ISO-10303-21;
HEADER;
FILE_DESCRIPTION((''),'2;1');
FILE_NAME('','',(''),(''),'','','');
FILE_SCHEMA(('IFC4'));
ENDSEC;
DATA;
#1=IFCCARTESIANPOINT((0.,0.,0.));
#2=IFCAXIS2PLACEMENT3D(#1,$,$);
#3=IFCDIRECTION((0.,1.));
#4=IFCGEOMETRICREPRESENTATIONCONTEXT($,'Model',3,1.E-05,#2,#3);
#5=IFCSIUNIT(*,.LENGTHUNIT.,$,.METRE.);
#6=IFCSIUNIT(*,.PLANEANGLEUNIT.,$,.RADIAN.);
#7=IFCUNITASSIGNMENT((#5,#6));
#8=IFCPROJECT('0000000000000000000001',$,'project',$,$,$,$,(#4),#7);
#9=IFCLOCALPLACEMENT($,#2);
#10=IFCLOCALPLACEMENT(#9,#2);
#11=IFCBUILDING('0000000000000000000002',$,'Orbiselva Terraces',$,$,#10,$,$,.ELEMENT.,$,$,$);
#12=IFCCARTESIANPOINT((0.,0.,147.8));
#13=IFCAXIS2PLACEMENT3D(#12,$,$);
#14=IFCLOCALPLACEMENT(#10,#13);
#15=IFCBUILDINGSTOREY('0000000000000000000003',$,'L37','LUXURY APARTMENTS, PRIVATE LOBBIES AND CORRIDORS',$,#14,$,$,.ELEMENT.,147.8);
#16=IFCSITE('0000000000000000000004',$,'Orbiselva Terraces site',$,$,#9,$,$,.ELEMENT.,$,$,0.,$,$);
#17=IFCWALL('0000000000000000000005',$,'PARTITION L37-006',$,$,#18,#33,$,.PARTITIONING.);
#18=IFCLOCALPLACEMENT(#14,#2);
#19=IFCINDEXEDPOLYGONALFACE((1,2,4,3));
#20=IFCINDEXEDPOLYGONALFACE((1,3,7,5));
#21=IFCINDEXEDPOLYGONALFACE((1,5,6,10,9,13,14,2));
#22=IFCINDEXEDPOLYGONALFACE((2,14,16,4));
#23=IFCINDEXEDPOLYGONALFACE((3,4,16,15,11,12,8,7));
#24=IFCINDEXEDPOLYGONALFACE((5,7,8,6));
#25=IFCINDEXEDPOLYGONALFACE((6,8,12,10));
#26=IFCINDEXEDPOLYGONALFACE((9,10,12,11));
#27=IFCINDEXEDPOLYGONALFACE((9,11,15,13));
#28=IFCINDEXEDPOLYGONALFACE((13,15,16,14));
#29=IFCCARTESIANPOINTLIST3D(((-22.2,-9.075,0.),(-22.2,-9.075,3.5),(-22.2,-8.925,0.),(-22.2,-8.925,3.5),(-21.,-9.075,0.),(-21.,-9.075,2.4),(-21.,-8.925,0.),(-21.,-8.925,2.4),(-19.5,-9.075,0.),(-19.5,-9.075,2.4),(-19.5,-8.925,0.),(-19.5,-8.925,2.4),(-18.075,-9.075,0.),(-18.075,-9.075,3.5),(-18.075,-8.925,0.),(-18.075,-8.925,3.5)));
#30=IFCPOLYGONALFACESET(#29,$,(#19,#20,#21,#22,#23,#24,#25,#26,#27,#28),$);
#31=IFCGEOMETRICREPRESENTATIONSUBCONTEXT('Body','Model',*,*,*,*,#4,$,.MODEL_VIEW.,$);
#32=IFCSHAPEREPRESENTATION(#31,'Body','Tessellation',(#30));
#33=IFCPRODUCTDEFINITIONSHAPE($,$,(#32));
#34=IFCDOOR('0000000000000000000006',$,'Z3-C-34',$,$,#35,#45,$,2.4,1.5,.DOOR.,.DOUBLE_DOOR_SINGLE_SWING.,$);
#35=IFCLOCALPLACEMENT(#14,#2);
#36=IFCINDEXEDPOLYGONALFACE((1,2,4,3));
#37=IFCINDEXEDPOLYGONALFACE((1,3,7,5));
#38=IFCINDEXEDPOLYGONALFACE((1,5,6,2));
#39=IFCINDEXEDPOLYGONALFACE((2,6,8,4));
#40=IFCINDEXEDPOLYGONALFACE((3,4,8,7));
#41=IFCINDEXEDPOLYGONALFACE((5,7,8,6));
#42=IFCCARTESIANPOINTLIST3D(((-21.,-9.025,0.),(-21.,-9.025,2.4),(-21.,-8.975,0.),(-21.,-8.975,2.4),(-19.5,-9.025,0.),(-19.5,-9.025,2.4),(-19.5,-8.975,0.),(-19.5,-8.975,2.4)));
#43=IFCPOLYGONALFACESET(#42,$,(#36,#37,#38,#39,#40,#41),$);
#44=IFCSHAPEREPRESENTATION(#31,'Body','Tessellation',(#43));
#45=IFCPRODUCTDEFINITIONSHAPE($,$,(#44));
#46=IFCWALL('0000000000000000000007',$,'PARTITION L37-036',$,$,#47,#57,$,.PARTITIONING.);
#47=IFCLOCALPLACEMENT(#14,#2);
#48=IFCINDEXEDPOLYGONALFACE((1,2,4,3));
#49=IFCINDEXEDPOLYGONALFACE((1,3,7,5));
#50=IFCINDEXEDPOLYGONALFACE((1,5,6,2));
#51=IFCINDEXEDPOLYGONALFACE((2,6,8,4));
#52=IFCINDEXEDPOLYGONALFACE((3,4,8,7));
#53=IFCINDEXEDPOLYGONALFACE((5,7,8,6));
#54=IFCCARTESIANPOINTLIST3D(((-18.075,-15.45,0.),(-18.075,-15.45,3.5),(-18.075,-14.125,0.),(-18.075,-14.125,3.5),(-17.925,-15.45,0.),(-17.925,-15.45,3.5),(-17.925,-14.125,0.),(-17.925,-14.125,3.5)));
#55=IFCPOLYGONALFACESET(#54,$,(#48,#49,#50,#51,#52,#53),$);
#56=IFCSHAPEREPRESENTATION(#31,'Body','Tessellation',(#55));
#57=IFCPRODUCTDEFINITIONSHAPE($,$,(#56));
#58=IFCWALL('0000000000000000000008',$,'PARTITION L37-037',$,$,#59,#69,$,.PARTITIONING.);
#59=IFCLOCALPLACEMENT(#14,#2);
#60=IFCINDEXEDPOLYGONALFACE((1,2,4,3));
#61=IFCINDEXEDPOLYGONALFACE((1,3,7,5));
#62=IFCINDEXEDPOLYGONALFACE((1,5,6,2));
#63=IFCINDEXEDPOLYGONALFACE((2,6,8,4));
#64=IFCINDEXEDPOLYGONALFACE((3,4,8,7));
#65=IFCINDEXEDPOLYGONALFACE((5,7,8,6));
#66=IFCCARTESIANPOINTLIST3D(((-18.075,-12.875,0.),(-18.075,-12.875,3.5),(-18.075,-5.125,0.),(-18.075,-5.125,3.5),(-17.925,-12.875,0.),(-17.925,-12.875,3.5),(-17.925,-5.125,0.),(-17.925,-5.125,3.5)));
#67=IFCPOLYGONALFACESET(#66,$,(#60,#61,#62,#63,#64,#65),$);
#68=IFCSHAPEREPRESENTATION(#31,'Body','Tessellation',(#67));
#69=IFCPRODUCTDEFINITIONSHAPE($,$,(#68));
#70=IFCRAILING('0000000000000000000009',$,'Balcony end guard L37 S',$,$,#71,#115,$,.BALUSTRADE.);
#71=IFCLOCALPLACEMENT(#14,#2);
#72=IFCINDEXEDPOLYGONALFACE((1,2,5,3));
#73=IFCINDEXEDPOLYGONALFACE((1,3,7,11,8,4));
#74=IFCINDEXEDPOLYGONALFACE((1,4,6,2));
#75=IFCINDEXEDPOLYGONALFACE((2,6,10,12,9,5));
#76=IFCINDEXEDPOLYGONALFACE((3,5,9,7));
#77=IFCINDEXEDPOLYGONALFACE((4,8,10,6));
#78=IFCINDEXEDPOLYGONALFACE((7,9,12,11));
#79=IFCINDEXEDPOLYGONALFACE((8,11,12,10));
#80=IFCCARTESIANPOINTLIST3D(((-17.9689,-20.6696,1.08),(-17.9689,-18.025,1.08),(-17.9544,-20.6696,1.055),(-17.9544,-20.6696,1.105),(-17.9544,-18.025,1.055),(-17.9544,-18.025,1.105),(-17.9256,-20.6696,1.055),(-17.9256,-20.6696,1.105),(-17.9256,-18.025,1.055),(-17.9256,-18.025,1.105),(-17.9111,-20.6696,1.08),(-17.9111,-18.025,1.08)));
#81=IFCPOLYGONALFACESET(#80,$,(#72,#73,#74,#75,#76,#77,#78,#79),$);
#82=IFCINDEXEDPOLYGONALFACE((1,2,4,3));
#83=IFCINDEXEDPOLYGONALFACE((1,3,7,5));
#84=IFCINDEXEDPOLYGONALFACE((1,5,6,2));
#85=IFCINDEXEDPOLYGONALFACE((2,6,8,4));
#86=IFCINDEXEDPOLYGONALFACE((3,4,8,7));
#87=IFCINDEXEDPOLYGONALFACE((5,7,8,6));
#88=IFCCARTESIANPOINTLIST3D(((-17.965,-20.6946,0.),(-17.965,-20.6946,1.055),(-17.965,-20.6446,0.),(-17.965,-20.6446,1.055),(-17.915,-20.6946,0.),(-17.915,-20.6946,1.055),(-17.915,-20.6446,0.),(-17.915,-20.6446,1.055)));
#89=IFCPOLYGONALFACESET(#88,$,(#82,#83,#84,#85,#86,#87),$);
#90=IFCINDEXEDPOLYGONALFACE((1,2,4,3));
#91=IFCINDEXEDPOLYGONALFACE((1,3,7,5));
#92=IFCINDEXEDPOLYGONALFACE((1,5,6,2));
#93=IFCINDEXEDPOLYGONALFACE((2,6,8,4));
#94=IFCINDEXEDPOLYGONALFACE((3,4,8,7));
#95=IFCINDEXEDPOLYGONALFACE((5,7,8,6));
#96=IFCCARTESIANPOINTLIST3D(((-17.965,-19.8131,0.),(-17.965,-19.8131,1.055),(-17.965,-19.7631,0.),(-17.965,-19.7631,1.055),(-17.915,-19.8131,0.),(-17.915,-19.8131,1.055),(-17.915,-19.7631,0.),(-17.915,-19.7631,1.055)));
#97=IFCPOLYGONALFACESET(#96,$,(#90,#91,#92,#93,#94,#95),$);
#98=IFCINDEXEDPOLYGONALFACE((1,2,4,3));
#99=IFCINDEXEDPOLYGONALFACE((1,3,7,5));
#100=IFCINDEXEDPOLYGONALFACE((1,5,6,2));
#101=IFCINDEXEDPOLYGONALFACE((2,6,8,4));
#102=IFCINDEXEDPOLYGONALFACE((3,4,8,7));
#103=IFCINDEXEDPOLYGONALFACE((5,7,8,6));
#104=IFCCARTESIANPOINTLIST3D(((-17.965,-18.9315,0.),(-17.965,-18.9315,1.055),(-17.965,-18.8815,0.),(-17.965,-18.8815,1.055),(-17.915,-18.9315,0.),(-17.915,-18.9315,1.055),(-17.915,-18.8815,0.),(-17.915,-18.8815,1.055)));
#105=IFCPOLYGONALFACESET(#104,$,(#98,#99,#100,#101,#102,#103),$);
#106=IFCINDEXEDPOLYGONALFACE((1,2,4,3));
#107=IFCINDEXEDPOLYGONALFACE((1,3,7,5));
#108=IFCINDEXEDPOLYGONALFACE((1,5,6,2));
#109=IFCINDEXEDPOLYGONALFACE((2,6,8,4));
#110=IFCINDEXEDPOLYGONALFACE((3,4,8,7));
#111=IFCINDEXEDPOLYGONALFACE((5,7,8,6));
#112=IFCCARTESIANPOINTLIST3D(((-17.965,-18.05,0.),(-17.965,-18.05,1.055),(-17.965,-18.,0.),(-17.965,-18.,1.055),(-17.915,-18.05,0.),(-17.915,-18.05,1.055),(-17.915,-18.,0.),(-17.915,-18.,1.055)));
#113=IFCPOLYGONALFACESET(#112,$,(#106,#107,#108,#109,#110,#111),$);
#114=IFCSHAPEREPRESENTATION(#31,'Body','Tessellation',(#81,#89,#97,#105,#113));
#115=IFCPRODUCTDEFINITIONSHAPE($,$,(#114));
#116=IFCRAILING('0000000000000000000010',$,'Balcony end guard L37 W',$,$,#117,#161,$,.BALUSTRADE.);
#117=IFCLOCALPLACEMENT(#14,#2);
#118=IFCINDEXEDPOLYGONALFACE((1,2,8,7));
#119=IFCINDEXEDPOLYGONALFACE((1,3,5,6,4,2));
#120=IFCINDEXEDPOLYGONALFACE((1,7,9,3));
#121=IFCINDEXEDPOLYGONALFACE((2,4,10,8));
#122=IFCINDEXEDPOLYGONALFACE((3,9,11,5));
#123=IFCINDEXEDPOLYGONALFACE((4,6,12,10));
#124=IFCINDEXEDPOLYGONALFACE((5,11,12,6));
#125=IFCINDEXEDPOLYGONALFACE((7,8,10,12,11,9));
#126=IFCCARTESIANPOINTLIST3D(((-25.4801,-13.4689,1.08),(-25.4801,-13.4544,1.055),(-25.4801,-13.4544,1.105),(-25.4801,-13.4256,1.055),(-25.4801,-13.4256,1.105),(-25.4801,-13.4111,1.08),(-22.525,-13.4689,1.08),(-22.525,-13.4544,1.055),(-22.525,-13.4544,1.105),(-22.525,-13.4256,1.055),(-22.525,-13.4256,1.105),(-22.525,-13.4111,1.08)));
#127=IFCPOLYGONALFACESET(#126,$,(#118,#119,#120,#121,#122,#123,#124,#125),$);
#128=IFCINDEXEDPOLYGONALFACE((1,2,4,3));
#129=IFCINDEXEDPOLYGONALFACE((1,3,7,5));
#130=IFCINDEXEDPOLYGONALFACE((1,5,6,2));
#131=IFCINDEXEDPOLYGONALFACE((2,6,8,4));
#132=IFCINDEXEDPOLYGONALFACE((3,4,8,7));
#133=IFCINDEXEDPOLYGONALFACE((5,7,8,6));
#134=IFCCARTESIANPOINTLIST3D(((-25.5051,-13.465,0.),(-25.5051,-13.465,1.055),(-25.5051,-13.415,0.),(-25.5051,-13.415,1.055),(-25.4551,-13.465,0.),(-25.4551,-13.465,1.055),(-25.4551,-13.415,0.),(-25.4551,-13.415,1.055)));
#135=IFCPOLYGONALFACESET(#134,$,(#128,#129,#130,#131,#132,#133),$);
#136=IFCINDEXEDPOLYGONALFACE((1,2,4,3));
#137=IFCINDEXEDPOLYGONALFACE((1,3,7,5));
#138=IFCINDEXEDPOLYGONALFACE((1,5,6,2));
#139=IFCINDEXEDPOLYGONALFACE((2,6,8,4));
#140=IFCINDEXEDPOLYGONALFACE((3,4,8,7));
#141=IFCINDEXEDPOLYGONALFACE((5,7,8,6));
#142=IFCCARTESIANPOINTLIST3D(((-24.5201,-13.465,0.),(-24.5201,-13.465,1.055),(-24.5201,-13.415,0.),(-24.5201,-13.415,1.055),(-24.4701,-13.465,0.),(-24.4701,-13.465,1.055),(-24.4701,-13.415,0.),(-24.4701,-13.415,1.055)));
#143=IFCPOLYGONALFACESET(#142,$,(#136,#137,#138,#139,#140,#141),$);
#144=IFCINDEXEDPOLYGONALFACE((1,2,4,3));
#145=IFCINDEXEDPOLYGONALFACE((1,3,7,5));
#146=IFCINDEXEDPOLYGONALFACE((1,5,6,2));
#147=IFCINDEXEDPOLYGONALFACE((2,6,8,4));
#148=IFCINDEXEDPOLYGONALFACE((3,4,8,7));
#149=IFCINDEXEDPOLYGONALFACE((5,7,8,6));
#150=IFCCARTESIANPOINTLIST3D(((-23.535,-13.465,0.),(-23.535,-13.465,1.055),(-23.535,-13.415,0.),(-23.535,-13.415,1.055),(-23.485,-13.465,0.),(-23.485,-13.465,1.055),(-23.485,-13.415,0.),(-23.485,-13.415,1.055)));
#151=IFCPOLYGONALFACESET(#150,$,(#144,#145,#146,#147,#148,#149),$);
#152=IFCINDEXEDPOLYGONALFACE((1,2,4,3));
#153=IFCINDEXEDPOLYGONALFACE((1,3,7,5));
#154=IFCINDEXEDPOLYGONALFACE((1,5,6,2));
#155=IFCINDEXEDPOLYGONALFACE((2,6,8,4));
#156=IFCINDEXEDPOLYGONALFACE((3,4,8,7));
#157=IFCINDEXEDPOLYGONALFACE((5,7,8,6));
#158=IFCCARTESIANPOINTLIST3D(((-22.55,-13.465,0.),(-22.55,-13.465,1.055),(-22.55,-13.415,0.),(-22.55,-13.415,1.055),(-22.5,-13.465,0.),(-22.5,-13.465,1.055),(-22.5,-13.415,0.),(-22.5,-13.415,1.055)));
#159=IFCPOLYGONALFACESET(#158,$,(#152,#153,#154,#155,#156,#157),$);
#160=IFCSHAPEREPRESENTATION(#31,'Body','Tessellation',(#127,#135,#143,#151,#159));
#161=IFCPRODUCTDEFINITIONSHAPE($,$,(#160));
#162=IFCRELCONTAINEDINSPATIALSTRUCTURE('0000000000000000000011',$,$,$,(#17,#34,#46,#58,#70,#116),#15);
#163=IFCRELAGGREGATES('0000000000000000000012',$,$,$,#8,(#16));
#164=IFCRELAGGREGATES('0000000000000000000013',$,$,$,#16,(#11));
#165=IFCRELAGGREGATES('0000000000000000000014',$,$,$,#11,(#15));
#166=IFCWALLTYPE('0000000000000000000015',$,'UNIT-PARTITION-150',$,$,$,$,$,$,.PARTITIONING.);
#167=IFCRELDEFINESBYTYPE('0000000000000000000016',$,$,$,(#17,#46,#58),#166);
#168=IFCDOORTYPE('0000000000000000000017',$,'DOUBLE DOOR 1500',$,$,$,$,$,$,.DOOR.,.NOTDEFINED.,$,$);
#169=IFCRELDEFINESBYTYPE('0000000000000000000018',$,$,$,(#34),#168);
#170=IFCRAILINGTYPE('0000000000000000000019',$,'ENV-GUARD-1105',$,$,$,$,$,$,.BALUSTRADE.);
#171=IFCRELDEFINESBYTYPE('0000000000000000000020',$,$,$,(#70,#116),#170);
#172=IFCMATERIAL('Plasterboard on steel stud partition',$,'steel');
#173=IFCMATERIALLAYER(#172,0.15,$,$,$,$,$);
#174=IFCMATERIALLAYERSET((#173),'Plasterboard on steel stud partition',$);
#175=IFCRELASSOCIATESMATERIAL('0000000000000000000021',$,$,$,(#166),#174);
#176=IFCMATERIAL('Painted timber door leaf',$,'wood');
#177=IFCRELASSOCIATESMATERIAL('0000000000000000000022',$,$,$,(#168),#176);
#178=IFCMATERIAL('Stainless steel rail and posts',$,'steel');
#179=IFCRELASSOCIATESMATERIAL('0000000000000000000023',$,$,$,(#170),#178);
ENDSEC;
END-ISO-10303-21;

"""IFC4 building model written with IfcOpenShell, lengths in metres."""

from ifc_helpers import new_model, si_unit, direction, frame, frame_2d, origin, origin_2d, place, context, subcontext, project, spatial, polyline, rectangle, outline, extrude, material, layer, layer_set, type_object, element, fill, save


model = new_model("IFC4")

# Units and contexts
model_context = context("Model", 3, precision=1e-05, world=origin(), true_north=direction((0.0, 1.0)))
body_context = subcontext(model_context, "Body", "Model", "MODEL_VIEW")
ifc_project = project(units=[si_unit("LENGTHUNIT", "METRE"), si_unit("PLANEANGLEUNIT", "RADIAN")], contexts=[model_context])

# Site, building, storey
site_placement = place(None, origin())
site = spatial("IfcSite", under=ifc_project, at=site_placement, Name="Orbiselva Terraces site", CompositionType="ELEMENT", RefElevation=0.0)
building_placement = place(site_placement, origin())
building = spatial("IfcBuilding", under=site, at=building_placement, Name="Orbiselva Terraces", CompositionType="ELEMENT")
storey_placement = place(building_placement, frame((0.0, 0.0, 147.8)))
storey = spatial("IfcBuildingStorey", under=building, at=storey_placement, Name="L37", Description="LUXURY APARTMENTS, PRIVATE LOBBIES AND CORRIDORS", CompositionType="ELEMENT", Elevation=147.8)

# Wall, opening, door
ifc_material_1 = material(Name="Plasterboard on steel stud partition", Category="steel")
ifc_layer_1 = layer(ifc_material_1, 0.15)
ifc_layer_set_1 = layer_set([ifc_layer_1], Name="Plasterboard on steel stud partition")
wall_type_1 = type_object("IfcWallType", Name="UNIT-PARTITION-150", PredefinedType="PARTITIONING", material=ifc_layer_set_1)
wall_1_placement = place(storey_placement, frame((-18.075, -9.0, 0.0), z_axis=(0.0, 0.0, 1.0), x_axis=(-1.0, 0.0, 0.0)))
wall_1 = element("IfcWall", 1, at=wall_1_placement, inside=storey, type_object=wall_type_1, Name="PARTITION L37-006", PredefinedType="PARTITIONING", context=body_context, shape_type="SweptSolid", body=[
    extrude(rectangle(XDim=4.125, YDim=0.15, at=frame_2d((2.0625, 0.0))), origin(), (0.0, 0.0, 1.0), 3.5),
])
opening_1_placement = place(wall_1_placement, frame((1.425, 0.0, 0.0)))
opening_1 = element("IfcOpeningElement", 2, at=opening_1_placement, cuts=wall_1, PredefinedType="OPENING", context=body_context, shape_type="SweptSolid", body=[
    extrude(rectangle(XDim=1.5, YDim=2.4, at=frame_2d((0.75, 1.2))), frame((0.0, 0.085, 0.0), z_axis=(0.0, -1.0, 0.0), x_axis=(1.0, 0.0, 0.0)), (0.0, 0.0, 1.0), 0.17),
])
ifc_material_2 = material(Name="Painted timber door leaf", Category="wood")
door_type_1 = type_object("IfcDoorType", Name="DOUBLE DOOR 1500", OperationType="NOTDEFINED", PredefinedType="DOOR", material=ifc_material_2)
door_1_placement = place(opening_1_placement, origin())
door_1 = element("IfcDoor", 3, at=door_1_placement, inside=storey, type_object=door_type_1, Name="Z3-C-34", OperationType="DOUBLE_DOOR_SINGLE_SWING", OverallHeight=2.4, OverallWidth=1.5, PredefinedType="DOOR", context=body_context, shape_type="SweptSolid", body=[
    extrude(rectangle(XDim=1.5, YDim=2.4, at=frame_2d((0.75, 1.2))), frame((0.0, 0.025, 0.0), z_axis=(0.0, -1.0, 0.0), x_axis=(1.0, 0.0, 0.0)), (0.0, 0.0, 1.0), 0.05),
])
fill(opening_1, door_1)

# Walls
wall_2_placement = place(storey_placement, frame((-18.0, -15.45, 0.0), z_axis=(0.0, 0.0, 1.0), x_axis=(0.0, 1.0, 0.0)))
element("IfcWall", 4, at=wall_2_placement, inside=storey, type_object=wall_type_1, Name="PARTITION L37-036", PredefinedType="PARTITIONING", context=body_context, shape_type="SweptSolid", body=[
    extrude(rectangle(XDim=1.325, YDim=0.15, at=frame_2d((0.6625, 0.0))), origin(), (0.0, 0.0, 1.0), 3.5),
])
wall_3_placement = place(storey_placement, frame((-18.0, -12.875, 0.0), z_axis=(0.0, 0.0, 1.0), x_axis=(0.0, 1.0, 0.0)))
element("IfcWall", 5, at=wall_3_placement, inside=storey, type_object=wall_type_1, Name="PARTITION L37-037", PredefinedType="PARTITIONING", context=body_context, shape_type="SweptSolid", body=[
    extrude(rectangle(XDim=7.75, YDim=0.15, at=frame_2d((3.875, 0.0))), origin(), (0.0, 0.0, 1.0), 3.5),
])

# Railings
ifc_material_3 = material(Name="Stainless steel rail and posts", Category="steel")
railing_type_1 = type_object("IfcRailingType", Name="ENV-GUARD-1105", PredefinedType="BALUSTRADE", material=ifc_material_3)
railing_1_placement = place(storey_placement, frame((-17.94, -20.6696, 0.0)))
element("IfcRailing", 6, at=railing_1_placement, inside=storey, type_object=railing_type_1, Name="Balcony end guard L37 S", PredefinedType="BALUSTRADE", context=body_context, shape_type="SweptSolid", body=[
    extrude(outline(polyline([(0.0289, 0.0), (0.0144, 0.025), (-0.0144, 0.025), (-0.0289, 0.0), (-0.0144, -0.025), (0.0144, -0.025), (0.0289, 0.0)])), frame((0.0, 0.0, 1.08), z_axis=(0.0, 1.0, 0.0), x_axis=(-1.0, 0.0, 0.0)), (0.0, 0.0, 1.0), 2.6446),
    extrude(rectangle(XDim=0.05, YDim=0.05, at=origin_2d()), origin(), (0.0, 0.0, 1.0), 1.055),
    extrude(rectangle(XDim=0.05, YDim=0.05, at=origin_2d()), frame((0.0, 0.8815, 0.0)), (0.0, 0.0, 1.0), 1.055),
    extrude(rectangle(XDim=0.05, YDim=0.05, at=origin_2d()), frame((0.0, 1.7631, 0.0)), (0.0, 0.0, 1.0), 1.055),
    extrude(rectangle(XDim=0.05, YDim=0.05, at=origin_2d()), frame((0.0, 2.6446, 0.0)), (0.0, 0.0, 1.0), 1.055),
])
railing_2_placement = place(storey_placement, frame((-25.4801, -13.44, 0.0)))
element("IfcRailing", 7, at=railing_2_placement, inside=storey, type_object=railing_type_1, Name="Balcony end guard L37 W", PredefinedType="BALUSTRADE", context=body_context, shape_type="SweptSolid", body=[
    extrude(outline(polyline([(0.0289, 0.0), (0.0144, 0.025), (-0.0144, 0.025), (-0.0289, 0.0), (-0.0144, -0.025), (0.0144, -0.025), (0.0289, 0.0)])), frame((0.0, 0.0, 1.08), z_axis=(1.0, 0.0, 0.0), x_axis=(0.0, 1.0, 0.0)), (0.0, 0.0, 1.0), 2.9551),
    extrude(rectangle(XDim=0.05, YDim=0.05, at=origin_2d()), origin(), (0.0, 0.0, 1.0), 1.055),
    extrude(rectangle(XDim=0.05, YDim=0.05, at=origin_2d()), frame((0.985, 0.0, 0.0)), (0.0, 0.0, 1.0), 1.055),
    extrude(rectangle(XDim=0.05, YDim=0.05, at=origin_2d()), frame((1.9701, 0.0, 0.0)), (0.0, 0.0, 1.0), 1.055),
    extrude(rectangle(XDim=0.05, YDim=0.05, at=origin_2d()), frame((2.9551, 0.0, 0.0)), (0.0, 0.0, 1.0), 1.055),
])

save(model, "model.ifc")
